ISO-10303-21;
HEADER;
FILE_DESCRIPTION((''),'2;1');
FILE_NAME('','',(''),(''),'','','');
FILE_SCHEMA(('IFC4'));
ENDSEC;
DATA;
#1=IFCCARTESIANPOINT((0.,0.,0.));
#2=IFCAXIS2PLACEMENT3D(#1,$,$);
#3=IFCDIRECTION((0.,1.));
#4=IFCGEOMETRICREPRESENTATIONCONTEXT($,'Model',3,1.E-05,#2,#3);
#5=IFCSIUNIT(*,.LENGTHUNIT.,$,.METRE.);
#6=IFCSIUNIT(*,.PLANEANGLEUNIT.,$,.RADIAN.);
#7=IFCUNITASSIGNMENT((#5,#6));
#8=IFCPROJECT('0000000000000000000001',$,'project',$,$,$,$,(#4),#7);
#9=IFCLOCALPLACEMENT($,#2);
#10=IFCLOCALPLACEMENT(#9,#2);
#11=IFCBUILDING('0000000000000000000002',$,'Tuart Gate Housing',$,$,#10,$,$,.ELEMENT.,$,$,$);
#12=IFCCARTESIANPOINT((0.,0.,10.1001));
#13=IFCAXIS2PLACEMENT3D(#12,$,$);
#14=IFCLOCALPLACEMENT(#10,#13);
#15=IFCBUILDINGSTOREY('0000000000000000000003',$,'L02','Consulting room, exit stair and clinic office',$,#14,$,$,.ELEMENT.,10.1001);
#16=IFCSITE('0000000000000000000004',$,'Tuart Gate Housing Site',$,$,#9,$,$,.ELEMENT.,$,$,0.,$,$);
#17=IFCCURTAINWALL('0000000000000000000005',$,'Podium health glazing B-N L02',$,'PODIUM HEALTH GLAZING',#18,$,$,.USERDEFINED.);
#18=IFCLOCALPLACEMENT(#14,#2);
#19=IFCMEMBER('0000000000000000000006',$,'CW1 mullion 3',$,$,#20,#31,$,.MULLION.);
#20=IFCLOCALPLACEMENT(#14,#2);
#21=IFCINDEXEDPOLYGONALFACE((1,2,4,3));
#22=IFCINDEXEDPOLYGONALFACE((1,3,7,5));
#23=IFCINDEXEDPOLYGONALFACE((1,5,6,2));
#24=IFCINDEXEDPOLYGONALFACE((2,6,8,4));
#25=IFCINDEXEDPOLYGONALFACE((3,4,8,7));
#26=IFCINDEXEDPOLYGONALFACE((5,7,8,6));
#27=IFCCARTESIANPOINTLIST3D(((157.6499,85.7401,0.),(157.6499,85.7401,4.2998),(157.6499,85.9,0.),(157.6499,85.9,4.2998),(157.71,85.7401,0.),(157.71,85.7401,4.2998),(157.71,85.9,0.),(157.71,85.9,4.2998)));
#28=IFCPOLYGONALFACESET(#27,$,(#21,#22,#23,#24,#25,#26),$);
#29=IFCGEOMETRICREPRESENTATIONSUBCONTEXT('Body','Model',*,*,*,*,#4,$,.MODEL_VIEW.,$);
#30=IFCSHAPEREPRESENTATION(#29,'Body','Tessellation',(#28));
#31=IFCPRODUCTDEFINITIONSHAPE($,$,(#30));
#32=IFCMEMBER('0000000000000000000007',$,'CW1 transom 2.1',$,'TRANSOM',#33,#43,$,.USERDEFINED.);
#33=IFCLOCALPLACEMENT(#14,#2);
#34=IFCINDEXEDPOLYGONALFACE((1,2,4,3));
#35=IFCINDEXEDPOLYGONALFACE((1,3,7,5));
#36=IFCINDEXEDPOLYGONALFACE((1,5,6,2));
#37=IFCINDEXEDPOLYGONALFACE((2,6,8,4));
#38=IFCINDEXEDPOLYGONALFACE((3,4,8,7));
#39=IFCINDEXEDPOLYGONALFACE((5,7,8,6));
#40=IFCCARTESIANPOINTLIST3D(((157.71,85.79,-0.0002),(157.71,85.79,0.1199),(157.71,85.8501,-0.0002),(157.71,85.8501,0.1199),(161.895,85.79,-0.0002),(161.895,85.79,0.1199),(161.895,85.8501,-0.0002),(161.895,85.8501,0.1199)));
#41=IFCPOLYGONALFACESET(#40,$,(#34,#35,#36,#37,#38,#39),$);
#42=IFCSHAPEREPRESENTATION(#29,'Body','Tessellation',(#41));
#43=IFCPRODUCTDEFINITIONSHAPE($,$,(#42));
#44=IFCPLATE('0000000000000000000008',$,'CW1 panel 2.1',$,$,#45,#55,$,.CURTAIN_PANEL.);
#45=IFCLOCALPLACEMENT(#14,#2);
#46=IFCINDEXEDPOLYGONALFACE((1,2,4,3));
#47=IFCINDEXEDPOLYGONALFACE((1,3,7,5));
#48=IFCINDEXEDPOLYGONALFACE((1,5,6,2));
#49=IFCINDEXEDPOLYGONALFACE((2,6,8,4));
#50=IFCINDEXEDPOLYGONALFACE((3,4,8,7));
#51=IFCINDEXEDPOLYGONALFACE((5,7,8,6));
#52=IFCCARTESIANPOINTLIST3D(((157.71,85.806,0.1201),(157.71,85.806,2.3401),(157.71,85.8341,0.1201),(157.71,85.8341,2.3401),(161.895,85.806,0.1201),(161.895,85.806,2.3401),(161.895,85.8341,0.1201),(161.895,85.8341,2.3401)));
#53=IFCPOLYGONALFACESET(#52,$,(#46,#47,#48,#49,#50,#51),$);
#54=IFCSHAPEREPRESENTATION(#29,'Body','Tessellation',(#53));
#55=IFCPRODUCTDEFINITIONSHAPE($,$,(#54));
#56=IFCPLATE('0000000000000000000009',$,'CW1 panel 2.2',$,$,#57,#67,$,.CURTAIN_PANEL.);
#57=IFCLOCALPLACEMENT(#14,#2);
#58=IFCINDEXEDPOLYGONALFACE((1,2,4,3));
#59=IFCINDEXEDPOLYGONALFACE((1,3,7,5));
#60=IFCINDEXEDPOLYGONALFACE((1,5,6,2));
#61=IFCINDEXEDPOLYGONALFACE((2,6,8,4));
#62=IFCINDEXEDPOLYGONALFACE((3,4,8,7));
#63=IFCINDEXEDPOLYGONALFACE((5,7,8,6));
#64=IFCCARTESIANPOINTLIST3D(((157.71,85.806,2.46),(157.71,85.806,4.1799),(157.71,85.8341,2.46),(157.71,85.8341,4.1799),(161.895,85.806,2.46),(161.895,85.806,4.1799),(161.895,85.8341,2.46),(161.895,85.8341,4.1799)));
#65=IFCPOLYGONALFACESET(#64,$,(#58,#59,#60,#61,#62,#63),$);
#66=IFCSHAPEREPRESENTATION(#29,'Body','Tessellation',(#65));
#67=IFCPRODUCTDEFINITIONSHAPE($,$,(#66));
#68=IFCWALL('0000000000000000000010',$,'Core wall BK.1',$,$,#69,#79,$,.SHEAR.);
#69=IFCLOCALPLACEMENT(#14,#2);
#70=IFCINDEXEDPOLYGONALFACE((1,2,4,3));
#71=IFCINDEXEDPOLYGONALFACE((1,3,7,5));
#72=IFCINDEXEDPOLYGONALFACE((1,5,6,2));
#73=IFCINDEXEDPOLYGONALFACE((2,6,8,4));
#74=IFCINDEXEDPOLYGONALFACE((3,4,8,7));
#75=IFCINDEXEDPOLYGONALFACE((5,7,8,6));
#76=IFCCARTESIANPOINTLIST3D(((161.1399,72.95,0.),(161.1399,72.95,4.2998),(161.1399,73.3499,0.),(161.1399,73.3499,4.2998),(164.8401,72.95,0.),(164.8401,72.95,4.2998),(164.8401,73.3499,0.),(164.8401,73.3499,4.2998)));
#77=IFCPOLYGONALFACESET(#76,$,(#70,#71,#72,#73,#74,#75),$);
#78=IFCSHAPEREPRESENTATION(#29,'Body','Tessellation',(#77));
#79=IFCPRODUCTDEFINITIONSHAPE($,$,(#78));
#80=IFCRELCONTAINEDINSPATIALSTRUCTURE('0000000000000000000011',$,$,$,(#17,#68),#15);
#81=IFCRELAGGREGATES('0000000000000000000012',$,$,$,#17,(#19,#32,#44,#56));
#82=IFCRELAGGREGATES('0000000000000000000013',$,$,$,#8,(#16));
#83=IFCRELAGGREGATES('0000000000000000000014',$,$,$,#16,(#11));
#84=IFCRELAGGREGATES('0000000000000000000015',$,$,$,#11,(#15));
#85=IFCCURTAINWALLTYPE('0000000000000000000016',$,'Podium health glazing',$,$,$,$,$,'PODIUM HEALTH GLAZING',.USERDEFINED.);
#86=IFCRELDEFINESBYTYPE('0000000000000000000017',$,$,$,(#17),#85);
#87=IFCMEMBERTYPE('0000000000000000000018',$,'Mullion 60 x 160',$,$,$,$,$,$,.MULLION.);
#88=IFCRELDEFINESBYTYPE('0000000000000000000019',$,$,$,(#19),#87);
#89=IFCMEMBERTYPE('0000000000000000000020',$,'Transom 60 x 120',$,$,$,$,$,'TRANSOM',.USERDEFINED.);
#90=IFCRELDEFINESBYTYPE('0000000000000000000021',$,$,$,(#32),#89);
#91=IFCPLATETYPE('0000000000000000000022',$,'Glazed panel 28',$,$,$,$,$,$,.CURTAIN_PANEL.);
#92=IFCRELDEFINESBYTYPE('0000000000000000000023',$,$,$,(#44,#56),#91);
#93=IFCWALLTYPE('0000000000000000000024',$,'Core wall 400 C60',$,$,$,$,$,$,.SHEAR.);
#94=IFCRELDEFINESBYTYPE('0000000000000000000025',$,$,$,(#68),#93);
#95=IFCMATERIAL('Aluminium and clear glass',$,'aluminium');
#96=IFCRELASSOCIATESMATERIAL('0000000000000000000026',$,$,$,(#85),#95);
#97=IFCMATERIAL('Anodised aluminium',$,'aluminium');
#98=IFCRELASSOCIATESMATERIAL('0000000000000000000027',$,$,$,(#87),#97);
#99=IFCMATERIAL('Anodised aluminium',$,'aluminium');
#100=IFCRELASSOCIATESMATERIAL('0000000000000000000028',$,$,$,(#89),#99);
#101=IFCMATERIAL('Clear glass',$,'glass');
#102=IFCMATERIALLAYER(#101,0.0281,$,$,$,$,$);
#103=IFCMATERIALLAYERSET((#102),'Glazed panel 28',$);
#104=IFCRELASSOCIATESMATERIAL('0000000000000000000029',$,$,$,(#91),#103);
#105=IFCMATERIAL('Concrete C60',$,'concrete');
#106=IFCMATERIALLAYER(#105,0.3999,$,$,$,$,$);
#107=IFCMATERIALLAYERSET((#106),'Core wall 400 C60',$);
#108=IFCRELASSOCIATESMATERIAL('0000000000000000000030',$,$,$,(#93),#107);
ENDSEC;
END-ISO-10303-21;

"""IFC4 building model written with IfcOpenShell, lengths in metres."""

from ifc_helpers import new_model, si_unit, direction, frame, frame_2d, origin, origin_2d, place, context, subcontext, project, spatial, rectangle, extrude, material, layer, layer_set, material_profile, profile_set, type_object, element, aggregate, save


model = new_model("IFC4")

# Units and contexts
model_context = context("Model", 3, precision=1e-05, world=origin(), true_north=direction((0.0, 1.0)))
body_context = subcontext(model_context, "Body", "Model", "MODEL_VIEW")
ifc_project = project(units=[si_unit("LENGTHUNIT", "METRE"), si_unit("PLANEANGLEUNIT", "RADIAN")], contexts=[model_context])

# Site, building, storey
site_placement = place(None, origin())
site = spatial("IfcSite", under=ifc_project, at=site_placement, Name="Tuart Gate Housing Site", CompositionType="ELEMENT", RefElevation=0.0)
building_placement = place(site_placement, origin())
building = spatial("IfcBuilding", under=site, at=building_placement, Name="Tuart Gate Housing", CompositionType="ELEMENT")
storey_placement = place(building_placement, frame((0.0, 0.0, 10.1001)))
storey = spatial("IfcBuildingStorey", under=building, at=storey_placement, Name="L02", Description="Consulting room, exit stair and clinic office", CompositionType="ELEMENT", Elevation=10.1001)

# Curtain wall, members, plates
ifc_material_1 = material(Name="Aluminium and clear glass", Category="aluminium")
curtain_wall_type = type_object("IfcCurtainWallType", Name="Podium health glazing", ElementType="PODIUM HEALTH GLAZING", PredefinedType="USERDEFINED", material=ifc_material_1)
curtain_wall_placement = place(storey_placement, origin())
curtain_wall = element("IfcCurtainWall", 1, at=curtain_wall_placement, inside=storey, type_object=curtain_wall_type, Name="Podium health glazing B-N L02", ObjectType="PODIUM HEALTH GLAZING", PredefinedType="USERDEFINED")
ifc_material_2 = material(Name="Anodised aluminium", Category="aluminium")
ifc_material_profile_1 = material_profile(ifc_material_2, rectangle(XDim=0.0601, YDim=0.1599, at=origin_2d()), Name="60x160")
ifc_profile_set_1 = profile_set([ifc_material_profile_1], Name="Anodised aluminium")
member_type_1 = type_object("IfcMemberType", Name="Mullion 60 x 160", PredefinedType="MULLION", material=ifc_profile_set_1)
member_1_placement = place(storey_placement, frame((157.6799, 85.8201, 0.0), z_axis=(0.0, 0.0, 1.0), x_axis=(-1.0, 0.0, 0.0)))
member_1 = element("IfcMember", 2, at=member_1_placement, type_object=member_type_1, Name="CW1 mullion 3", PredefinedType="MULLION", context=body_context, shape_type="SweptSolid", body=[
    extrude(rectangle(XDim=0.0601, YDim=0.1599, at=origin_2d()), origin(), (0.0, 0.0, 1.0), 4.2998),
])
ifc_material_3 = material(Name="Anodised aluminium", Category="aluminium")
ifc_material_profile_2 = material_profile(ifc_material_3, rectangle(XDim=0.0601, YDim=0.1201, at=origin_2d()), Name="60x120")
ifc_profile_set_2 = profile_set([ifc_material_profile_2], Name="Anodised aluminium")
member_type_2 = type_object("IfcMemberType", Name="Transom 60 x 120", ElementType="TRANSOM", PredefinedType="USERDEFINED", material=ifc_profile_set_2)
member_2_placement = place(storey_placement, frame((161.895, 85.8201, 0.0598), z_axis=(-1.0, 0.0, 0.0), x_axis=(0.0, -1.0, 0.0)))
member_2 = element("IfcMember", 3, at=member_2_placement, type_object=member_type_2, Name="CW1 transom 2.1", ObjectType="TRANSOM", PredefinedType="USERDEFINED", context=body_context, shape_type="SweptSolid", body=[
    extrude(rectangle(XDim=0.0601, YDim=0.1201, at=origin_2d()), origin(), (0.0, 0.0, 1.0), 4.1851),
])
ifc_material_4 = material(Name="Clear glass", Category="glass")
ifc_layer_1 = layer(ifc_material_4, 0.0281)
ifc_layer_set_1 = layer_set([ifc_layer_1], Name="Glazed panel 28")
plate_type = type_object("IfcPlateType", Name="Glazed panel 28", PredefinedType="CURTAIN_PANEL", material=ifc_layer_set_1)
plate_1_placement = place(storey_placement, frame((159.8025, 85.8201, 0.1201), z_axis=(0.0, 0.0, 1.0), x_axis=(-1.0, 0.0, 0.0)))
plate_1 = element("IfcPlate", 4, at=plate_1_placement, type_object=plate_type, Name="CW1 panel 2.1", PredefinedType="CURTAIN_PANEL", context=body_context, shape_type="SweptSolid", body=[
    extrude(rectangle(XDim=4.1851, YDim=0.0281, at=origin_2d()), origin(), (0.0, 0.0, 1.0), 2.22),
])
plate_2_placement = place(storey_placement, frame((159.8025, 85.8201, 2.46), z_axis=(0.0, 0.0, 1.0), x_axis=(-1.0, 0.0, 0.0)))
plate_2 = element("IfcPlate", 5, at=plate_2_placement, type_object=plate_type, Name="CW1 panel 2.2", PredefinedType="CURTAIN_PANEL", context=body_context, shape_type="SweptSolid", body=[
    extrude(rectangle(XDim=4.1851, YDim=0.0281, at=origin_2d()), origin(), (0.0, 0.0, 1.0), 1.72),
])
aggregate(curtain_wall, [member_1, member_2, plate_1, plate_2])

# Wall
ifc_material_5 = material(Name="Concrete C60", Category="concrete")
ifc_layer_2 = layer(ifc_material_5, 0.3999)
ifc_layer_set_2 = layer_set([ifc_layer_2], Name="Core wall 400 C60")
wall_type_1 = type_object("IfcWallType", Name="Core wall 400 C60", PredefinedType="SHEAR", material=ifc_layer_set_2)
wall_1_placement = place(storey_placement, frame((161.1399, 73.1499, 0.0), z_axis=(0.0, 0.0, 1.0), x_axis=(1.0, 0.0, 0.0)))
element("IfcWall", 6, at=wall_1_placement, inside=storey, type_object=wall_type_1, Name="Core wall BK.1", PredefinedType="SHEAR", context=body_context, shape_type="SweptSolid", body=[
    extrude(rectangle(XDim=3.7002, YDim=0.3999, at=frame_2d((1.8501, 0.0))), origin(), (0.0, 0.0, 1.0), 4.2998),
])

save(model, "model.ifc")
